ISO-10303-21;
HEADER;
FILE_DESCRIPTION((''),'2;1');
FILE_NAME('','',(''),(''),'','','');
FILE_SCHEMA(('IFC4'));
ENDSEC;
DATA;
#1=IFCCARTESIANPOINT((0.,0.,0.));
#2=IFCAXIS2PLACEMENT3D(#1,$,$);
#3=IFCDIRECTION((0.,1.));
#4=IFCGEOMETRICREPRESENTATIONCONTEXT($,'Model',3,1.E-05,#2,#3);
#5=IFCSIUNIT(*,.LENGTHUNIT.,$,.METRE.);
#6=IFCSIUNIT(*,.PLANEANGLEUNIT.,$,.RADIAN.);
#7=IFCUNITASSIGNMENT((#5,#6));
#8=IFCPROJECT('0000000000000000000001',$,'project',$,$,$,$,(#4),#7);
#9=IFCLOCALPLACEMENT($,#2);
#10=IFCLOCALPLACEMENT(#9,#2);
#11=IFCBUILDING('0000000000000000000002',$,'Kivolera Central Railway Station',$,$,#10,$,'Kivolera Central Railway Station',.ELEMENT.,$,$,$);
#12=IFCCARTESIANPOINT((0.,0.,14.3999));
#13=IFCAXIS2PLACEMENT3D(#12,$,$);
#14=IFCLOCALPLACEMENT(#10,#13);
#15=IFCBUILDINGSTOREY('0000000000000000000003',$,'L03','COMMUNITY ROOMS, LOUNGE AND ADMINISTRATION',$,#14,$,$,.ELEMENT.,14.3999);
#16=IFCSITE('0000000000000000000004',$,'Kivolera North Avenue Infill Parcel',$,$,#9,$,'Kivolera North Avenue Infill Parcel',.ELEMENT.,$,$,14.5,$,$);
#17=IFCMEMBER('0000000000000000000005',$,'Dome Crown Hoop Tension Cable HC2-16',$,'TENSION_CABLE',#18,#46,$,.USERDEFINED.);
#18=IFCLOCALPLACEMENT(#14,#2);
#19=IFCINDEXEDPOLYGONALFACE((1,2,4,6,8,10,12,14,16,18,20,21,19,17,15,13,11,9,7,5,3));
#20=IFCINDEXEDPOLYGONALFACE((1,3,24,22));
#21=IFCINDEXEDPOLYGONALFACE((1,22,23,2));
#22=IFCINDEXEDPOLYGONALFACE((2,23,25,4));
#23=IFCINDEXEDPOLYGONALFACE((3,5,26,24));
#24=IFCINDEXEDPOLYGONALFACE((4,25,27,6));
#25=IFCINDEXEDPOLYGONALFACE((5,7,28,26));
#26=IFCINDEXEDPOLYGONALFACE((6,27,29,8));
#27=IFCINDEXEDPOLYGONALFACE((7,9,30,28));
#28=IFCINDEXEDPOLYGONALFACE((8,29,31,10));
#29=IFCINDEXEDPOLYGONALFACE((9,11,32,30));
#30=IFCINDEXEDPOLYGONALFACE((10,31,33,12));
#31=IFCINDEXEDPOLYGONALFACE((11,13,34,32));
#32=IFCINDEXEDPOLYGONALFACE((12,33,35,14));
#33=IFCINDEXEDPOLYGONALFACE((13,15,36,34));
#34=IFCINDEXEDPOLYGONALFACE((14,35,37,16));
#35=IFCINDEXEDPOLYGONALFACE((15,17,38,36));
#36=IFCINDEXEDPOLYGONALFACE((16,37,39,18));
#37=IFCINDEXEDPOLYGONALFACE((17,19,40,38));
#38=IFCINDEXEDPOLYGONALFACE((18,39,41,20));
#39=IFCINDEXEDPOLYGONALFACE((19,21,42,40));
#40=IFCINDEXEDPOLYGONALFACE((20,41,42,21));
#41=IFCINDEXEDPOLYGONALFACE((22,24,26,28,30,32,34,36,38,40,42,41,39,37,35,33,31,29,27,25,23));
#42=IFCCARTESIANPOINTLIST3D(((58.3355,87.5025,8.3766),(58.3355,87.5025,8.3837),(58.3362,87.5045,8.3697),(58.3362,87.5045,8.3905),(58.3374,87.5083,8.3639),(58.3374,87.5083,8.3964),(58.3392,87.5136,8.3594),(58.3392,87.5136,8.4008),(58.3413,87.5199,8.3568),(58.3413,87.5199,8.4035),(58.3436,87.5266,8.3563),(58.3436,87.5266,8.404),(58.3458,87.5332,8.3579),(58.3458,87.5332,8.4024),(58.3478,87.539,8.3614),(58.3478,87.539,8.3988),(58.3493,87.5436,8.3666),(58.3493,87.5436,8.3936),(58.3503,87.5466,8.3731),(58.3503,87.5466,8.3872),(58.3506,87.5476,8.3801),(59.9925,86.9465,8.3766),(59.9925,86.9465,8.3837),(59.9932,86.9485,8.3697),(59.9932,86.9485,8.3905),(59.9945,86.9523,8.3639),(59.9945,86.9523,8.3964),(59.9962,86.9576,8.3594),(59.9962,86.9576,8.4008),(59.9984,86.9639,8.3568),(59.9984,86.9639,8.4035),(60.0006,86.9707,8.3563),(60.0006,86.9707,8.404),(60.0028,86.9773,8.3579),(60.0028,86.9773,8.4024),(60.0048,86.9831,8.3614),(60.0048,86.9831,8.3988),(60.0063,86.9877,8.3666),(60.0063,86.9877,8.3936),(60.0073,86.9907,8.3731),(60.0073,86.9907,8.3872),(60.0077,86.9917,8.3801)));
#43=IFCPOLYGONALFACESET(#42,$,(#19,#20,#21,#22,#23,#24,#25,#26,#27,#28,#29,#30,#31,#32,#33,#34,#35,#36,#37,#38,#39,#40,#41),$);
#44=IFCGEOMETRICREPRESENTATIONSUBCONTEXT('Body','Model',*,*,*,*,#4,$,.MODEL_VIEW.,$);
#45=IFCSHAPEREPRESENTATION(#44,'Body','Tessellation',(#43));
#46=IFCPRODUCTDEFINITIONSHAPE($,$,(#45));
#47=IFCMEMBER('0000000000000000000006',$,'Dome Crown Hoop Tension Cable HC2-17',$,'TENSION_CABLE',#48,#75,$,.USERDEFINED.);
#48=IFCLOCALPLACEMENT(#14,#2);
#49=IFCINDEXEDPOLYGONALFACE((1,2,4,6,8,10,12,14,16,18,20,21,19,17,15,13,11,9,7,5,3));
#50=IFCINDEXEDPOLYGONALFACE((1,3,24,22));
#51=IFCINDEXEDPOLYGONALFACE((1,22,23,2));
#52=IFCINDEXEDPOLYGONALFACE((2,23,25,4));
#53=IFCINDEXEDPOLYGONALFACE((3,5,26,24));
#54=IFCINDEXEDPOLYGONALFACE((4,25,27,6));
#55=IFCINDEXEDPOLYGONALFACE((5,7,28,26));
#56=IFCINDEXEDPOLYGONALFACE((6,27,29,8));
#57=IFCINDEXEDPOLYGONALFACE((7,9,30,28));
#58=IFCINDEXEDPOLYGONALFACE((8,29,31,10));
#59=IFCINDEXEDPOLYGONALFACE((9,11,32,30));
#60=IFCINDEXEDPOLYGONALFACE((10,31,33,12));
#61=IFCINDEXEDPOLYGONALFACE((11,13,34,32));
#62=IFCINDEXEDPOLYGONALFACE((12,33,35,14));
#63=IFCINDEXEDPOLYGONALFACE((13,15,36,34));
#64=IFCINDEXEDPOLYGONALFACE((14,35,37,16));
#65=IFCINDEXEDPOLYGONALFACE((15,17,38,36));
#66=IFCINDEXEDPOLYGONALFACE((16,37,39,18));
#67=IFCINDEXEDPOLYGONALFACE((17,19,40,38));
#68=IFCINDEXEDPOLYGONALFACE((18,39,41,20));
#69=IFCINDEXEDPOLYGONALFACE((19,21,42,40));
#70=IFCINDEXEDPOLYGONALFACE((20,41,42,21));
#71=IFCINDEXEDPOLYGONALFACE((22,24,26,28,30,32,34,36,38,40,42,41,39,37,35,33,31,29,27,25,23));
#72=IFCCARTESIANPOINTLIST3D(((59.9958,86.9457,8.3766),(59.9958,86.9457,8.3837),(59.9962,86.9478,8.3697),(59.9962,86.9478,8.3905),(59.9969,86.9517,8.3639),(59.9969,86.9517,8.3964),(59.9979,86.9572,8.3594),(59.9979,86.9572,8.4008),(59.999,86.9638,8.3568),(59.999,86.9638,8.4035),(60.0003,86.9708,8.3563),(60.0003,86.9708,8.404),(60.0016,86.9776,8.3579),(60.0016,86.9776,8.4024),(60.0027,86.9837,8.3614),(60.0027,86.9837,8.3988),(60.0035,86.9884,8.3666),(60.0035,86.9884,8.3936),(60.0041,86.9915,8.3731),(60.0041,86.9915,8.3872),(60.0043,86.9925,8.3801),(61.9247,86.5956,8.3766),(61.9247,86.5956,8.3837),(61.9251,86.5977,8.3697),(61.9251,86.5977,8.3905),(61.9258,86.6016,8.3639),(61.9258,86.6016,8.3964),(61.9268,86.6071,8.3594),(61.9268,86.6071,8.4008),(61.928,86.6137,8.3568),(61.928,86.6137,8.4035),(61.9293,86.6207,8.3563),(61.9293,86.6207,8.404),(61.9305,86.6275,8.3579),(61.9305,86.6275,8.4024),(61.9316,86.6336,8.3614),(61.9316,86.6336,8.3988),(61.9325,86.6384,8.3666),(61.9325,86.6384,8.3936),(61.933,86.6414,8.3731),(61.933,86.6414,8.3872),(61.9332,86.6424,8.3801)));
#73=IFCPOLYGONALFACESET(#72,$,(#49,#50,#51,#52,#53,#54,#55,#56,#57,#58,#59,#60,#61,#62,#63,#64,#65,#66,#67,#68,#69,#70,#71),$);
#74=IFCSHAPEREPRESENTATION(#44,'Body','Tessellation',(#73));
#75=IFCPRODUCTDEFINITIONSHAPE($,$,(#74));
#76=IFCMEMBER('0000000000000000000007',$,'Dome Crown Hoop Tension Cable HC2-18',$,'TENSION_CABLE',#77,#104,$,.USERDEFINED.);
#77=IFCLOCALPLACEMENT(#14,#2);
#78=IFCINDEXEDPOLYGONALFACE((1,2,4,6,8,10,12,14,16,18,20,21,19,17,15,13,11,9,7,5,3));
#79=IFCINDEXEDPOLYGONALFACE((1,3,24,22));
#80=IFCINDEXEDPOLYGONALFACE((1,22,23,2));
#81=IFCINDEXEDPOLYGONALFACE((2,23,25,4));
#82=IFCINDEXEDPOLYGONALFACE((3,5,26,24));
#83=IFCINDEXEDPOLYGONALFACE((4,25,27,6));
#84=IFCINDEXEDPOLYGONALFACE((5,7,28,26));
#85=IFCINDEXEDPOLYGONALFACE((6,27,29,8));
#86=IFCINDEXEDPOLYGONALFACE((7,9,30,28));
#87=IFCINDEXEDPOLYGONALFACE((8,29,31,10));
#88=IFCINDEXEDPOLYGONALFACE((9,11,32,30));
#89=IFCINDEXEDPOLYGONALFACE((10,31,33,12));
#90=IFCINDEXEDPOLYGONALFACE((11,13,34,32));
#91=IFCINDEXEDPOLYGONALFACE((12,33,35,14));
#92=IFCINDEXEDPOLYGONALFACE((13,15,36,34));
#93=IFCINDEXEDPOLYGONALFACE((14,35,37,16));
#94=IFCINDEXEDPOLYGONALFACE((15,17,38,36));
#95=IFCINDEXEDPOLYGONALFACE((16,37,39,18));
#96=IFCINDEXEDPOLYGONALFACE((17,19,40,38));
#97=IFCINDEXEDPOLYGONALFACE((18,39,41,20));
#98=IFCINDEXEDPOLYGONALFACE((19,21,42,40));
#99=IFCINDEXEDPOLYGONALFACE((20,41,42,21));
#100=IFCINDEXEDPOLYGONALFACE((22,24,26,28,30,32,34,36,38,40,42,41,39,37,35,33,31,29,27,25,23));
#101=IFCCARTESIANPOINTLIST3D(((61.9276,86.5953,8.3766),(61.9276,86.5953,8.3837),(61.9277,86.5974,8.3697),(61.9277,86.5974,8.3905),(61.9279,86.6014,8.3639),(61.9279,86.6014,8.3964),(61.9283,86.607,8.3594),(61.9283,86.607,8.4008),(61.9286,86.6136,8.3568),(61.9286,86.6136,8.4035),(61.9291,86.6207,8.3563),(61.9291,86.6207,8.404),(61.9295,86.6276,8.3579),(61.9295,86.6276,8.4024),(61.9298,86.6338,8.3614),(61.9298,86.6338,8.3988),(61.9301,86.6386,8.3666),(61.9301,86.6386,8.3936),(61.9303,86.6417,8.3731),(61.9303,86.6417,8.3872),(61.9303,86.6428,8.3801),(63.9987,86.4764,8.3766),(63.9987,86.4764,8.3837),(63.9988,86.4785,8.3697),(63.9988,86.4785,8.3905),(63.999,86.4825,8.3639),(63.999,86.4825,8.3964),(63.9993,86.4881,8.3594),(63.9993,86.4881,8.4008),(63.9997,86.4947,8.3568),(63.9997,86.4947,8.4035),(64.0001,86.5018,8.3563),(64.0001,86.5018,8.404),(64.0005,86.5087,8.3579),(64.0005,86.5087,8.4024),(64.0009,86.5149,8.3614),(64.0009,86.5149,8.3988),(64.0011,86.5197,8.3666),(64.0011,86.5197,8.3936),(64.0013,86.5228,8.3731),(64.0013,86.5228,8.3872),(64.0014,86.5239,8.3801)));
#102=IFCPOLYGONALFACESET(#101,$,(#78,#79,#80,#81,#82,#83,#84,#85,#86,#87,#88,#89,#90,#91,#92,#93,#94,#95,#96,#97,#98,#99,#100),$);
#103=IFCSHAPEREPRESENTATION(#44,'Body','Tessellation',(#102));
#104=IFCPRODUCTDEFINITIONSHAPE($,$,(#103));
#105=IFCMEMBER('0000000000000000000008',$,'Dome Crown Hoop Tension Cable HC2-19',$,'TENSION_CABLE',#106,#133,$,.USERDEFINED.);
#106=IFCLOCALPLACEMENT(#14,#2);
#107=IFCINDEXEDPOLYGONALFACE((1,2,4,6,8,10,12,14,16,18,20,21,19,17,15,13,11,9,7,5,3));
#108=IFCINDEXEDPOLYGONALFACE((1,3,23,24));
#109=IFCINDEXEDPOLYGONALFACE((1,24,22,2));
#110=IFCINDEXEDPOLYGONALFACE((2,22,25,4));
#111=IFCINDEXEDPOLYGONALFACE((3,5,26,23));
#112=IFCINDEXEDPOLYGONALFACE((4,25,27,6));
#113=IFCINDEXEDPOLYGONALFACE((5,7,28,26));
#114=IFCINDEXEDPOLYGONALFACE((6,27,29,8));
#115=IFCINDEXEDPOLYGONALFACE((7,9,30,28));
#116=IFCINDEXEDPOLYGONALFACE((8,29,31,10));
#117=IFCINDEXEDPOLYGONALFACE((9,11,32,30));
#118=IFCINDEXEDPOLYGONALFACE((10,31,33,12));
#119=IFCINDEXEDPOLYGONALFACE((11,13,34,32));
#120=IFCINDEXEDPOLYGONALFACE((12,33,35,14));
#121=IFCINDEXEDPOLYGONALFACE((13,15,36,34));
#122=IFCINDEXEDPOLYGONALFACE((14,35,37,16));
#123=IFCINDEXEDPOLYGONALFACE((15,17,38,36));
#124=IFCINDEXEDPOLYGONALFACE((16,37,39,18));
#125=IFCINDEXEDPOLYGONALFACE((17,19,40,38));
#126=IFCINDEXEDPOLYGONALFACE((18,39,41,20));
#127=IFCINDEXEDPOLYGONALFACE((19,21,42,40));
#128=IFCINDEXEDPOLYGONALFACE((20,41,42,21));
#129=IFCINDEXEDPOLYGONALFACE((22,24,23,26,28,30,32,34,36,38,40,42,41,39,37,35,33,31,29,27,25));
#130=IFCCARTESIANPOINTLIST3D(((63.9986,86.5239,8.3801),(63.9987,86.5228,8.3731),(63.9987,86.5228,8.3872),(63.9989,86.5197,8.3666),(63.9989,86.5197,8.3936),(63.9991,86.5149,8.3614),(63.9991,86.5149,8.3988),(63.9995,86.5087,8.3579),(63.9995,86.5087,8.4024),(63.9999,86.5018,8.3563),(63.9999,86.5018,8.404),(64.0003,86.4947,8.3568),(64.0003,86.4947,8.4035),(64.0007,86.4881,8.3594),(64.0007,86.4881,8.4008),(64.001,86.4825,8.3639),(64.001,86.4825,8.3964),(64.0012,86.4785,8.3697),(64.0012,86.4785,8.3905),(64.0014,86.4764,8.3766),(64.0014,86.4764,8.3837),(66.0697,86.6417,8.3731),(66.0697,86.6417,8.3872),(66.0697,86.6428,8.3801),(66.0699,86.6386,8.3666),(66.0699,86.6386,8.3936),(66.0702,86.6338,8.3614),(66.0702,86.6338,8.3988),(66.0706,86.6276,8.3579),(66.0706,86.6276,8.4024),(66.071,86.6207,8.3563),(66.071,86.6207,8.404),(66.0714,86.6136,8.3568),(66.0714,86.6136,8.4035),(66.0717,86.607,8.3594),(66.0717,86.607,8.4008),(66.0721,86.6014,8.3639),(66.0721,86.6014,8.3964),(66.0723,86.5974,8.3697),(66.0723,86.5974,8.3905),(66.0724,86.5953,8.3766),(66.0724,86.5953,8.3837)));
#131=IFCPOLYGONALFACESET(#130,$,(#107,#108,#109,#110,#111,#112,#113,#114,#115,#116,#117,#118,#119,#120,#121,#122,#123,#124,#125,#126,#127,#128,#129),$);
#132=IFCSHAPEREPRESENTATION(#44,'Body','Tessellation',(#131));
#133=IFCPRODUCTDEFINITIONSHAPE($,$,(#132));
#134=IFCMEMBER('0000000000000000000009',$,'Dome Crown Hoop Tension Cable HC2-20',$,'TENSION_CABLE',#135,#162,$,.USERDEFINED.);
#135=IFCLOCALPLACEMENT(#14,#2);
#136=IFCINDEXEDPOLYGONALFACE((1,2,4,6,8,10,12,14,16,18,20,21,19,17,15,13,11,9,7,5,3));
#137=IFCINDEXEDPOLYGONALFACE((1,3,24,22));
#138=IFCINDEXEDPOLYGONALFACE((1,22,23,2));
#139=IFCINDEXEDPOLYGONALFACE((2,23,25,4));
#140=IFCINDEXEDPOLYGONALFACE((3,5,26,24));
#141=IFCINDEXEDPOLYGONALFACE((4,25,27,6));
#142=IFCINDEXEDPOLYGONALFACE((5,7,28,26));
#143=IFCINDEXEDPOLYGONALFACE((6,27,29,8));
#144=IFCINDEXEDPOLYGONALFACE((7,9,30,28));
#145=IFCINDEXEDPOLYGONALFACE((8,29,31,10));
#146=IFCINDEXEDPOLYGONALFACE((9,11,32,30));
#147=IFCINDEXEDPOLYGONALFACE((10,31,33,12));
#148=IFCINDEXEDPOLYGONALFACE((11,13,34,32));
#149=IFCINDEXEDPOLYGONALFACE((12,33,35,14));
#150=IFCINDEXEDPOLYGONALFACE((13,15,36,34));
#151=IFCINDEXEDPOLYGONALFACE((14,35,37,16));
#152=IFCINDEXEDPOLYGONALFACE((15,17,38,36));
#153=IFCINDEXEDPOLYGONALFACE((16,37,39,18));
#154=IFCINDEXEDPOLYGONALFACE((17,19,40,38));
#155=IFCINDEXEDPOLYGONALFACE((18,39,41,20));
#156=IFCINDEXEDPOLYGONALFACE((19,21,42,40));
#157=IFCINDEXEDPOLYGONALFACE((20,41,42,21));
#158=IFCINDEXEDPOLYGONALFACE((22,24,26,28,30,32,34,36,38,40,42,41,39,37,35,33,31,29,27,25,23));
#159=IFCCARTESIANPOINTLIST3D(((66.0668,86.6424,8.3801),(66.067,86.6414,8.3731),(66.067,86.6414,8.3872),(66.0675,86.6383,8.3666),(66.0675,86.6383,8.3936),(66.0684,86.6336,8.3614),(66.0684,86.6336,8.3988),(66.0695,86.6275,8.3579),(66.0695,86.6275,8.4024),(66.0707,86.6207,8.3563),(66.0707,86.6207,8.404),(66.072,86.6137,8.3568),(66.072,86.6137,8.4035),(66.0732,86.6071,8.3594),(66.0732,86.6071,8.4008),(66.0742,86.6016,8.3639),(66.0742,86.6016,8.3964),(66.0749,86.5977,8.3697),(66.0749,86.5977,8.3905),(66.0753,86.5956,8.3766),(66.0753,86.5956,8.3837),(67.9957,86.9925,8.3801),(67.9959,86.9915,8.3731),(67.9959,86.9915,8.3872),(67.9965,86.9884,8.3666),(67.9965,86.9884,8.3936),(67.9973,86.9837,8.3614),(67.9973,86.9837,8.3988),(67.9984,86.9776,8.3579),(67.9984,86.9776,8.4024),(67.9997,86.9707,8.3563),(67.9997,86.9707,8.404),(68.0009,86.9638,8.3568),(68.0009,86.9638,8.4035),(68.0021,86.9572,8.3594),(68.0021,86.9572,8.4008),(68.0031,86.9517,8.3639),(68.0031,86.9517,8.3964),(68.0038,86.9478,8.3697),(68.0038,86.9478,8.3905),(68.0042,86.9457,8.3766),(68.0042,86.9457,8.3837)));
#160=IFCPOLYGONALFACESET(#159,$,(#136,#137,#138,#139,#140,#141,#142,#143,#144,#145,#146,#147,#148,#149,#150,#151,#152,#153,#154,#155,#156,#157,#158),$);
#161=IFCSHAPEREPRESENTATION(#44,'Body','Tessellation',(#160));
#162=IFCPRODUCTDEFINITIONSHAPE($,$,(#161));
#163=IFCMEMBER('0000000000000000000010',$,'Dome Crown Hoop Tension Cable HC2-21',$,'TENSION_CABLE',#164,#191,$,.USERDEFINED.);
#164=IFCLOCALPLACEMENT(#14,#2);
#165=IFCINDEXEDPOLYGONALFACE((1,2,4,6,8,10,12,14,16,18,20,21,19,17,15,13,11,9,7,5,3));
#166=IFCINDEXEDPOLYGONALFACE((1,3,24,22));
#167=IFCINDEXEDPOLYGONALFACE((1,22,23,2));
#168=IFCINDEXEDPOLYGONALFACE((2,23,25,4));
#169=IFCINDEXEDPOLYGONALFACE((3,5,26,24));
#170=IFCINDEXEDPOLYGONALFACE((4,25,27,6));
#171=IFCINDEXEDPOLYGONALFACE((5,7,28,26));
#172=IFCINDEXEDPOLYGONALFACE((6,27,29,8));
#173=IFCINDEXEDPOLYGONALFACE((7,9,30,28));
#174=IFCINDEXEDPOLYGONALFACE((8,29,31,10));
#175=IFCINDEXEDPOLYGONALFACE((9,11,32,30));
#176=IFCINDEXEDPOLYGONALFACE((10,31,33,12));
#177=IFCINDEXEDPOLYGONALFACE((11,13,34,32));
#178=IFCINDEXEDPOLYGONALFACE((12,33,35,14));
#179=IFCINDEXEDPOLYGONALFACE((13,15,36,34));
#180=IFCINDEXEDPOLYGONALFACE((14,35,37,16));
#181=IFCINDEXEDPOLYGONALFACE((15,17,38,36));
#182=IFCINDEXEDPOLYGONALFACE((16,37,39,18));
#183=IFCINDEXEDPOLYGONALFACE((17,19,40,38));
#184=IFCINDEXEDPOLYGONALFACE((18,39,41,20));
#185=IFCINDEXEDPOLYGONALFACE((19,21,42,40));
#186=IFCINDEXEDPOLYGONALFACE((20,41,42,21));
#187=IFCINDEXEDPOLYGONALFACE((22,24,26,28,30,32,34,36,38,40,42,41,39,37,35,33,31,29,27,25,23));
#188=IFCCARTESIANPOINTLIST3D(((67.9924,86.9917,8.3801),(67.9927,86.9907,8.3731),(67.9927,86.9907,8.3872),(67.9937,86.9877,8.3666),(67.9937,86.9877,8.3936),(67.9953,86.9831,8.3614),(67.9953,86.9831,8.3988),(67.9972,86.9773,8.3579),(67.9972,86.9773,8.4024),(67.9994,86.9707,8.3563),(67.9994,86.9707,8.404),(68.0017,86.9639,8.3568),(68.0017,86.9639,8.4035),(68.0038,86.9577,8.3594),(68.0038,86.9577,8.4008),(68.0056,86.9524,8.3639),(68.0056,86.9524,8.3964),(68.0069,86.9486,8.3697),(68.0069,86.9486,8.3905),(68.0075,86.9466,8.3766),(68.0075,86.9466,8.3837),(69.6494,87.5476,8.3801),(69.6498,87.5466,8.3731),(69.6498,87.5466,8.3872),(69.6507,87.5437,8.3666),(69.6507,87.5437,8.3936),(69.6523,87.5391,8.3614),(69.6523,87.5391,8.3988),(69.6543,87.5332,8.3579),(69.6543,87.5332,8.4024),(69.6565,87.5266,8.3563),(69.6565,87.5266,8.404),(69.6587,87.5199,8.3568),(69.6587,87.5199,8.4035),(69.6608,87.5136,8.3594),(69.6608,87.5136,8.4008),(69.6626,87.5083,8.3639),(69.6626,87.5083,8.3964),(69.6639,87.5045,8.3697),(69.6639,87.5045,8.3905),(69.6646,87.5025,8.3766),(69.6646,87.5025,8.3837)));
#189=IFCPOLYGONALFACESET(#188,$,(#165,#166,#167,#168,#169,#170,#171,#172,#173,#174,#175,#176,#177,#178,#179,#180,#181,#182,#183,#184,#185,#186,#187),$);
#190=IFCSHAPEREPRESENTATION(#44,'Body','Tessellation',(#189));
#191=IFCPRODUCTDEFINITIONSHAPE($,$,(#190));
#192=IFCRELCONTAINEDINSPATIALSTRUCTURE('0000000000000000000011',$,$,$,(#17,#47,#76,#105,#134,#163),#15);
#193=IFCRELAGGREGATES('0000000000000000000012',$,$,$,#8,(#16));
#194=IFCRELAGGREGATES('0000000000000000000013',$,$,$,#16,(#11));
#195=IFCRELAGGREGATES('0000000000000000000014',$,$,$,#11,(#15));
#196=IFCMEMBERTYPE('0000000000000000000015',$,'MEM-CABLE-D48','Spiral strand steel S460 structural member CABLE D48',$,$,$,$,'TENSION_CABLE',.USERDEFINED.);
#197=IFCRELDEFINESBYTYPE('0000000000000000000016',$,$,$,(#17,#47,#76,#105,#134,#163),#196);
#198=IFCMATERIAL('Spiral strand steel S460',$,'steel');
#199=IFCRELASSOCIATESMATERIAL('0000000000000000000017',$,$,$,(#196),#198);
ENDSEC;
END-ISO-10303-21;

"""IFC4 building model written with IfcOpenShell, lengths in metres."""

from ifc_helpers import new_model, si_unit, direction, frame, origin, origin_2d, place, context, subcontext, project, spatial, circle, extrude, material, material_profile, profile_set, type_object, element, save


model = new_model("IFC4")

# Units and contexts
model_context = context("Model", 3, precision=1e-05, world=origin(), true_north=direction((0.0, 1.0)))
body_context = subcontext(model_context, "Body", "Model", "MODEL_VIEW")
ifc_project = project(units=[si_unit("LENGTHUNIT", "METRE"), si_unit("PLANEANGLEUNIT", "RADIAN")], contexts=[model_context])

# Site, building, storey
site_placement = place(None, origin())
site = spatial("IfcSite", under=ifc_project, at=site_placement, Name="Kivolera North Avenue Infill Parcel", LongName="Kivolera North Avenue Infill Parcel", CompositionType="ELEMENT", RefElevation=14.5)
building_placement = place(site_placement, origin())
building = spatial("IfcBuilding", under=site, at=building_placement, Name="Kivolera Central Railway Station", LongName="Kivolera Central Railway Station", CompositionType="ELEMENT")
storey_placement = place(building_placement, frame((0.0, 0.0, 14.3999)))
storey = spatial("IfcBuildingStorey", under=building, at=storey_placement, Name="L03", Description="COMMUNITY ROOMS, LOUNGE AND ADMINISTRATION", CompositionType="ELEMENT", Elevation=14.3999)

# Members
ifc_material_1 = material(Name="Spiral strand steel S460", Category="steel")
ifc_material_profile_1 = material_profile(ifc_material_1, circle(Radius=0.0239, at=origin_2d()), Name="CABLE D48")
ifc_profile_set_1 = profile_set([ifc_material_profile_1], Name="Spiral strand steel S460")
member_type_1 = type_object("IfcMemberType", Name="MEM-CABLE-D48", Description="Spiral strand steel S460 structural member CABLE D48", ElementType="TENSION_CABLE", PredefinedType="USERDEFINED", material=ifc_profile_set_1)
member_1_placement = place(storey_placement, frame((58.343, 87.5249, 8.3801), z_axis=(0.948067, -0.318071, 0.0), x_axis=(0.318071, 0.948067, 0.0)))
element("IfcMember", 1, at=member_1_placement, inside=storey, type_object=member_type_1, Name="Dome Crown Hoop Tension Cable HC2-16", ObjectType="TENSION_CABLE", PredefinedType="USERDEFINED", context=body_context, shape_type="SweptSolid", body=[
    extrude(circle(Radius=0.0239, at=origin_2d()), origin(), (0.0, 0.0, 1.0), 1.7478),
])
member_2_placement = place(storey_placement, frame((60.0, 86.969, 8.3801), z_axis=(0.983926, -0.178579, 0.0), x_axis=(0.178579, 0.983926, 0.0)))
element("IfcMember", 2, at=member_2_placement, inside=storey, type_object=member_type_1, Name="Dome Crown Hoop Tension Cable HC2-17", ObjectType="TENSION_CABLE", PredefinedType="USERDEFINED", context=body_context, shape_type="SweptSolid", body=[
    extrude(circle(Radius=0.0239, at=origin_2d()), origin(), (0.0, 0.0, 1.0), 1.9604),
])
for number, where, z_axis, x_axis, name in (
    (3, (61.929, 86.6189, 8.3801), (0.998356, -0.057315, 0.0), (0.057315, 0.998356, 0.0), "Dome Crown Hoop Tension Cable HC2-18"),
    (4, (64.0, 86.5, 8.3801), (0.998356, 0.057315, 0.0), (-0.057315, 0.998356, 0.0), "Dome Crown Hoop Tension Cable HC2-19"),
):
    element("IfcMember", number, at=place(storey_placement, frame(where, z_axis=z_axis, x_axis=x_axis)), inside=storey, type_object=member_type_1, Name=name, ObjectType="TENSION_CABLE", PredefinedType="USERDEFINED", context=body_context, shape_type="SweptSolid", body=[
        extrude(circle(Radius=0.0239, at=origin_2d()), origin(), (0.0, 0.0, 1.0), 2.0745),
    ])
member_3_placement = place(storey_placement, frame((66.071, 86.6189, 8.3801), z_axis=(0.983926, 0.178579, 0.0), x_axis=(-0.178579, 0.983926, 0.0)))
element("IfcMember", 5, at=member_3_placement, inside=storey, type_object=member_type_1, Name="Dome Crown Hoop Tension Cable HC2-20", ObjectType="TENSION_CABLE", PredefinedType="USERDEFINED", context=body_context, shape_type="SweptSolid", body=[
    extrude(circle(Radius=0.0239, at=origin_2d()), origin(), (0.0, 0.0, 1.0), 1.9604),
])
member_4_placement = place(storey_placement, frame((68.0, 86.969, 8.3801), z_axis=(0.948067, 0.318071, 0.0), x_axis=(-0.318071, 0.948067, 0.0)))
element("IfcMember", 6, at=member_4_placement, inside=storey, type_object=member_type_1, Name="Dome Crown Hoop Tension Cable HC2-21", ObjectType="TENSION_CABLE", PredefinedType="USERDEFINED", context=body_context, shape_type="SweptSolid", body=[
    extrude(circle(Radius=0.0239, at=origin_2d()), origin(), (0.0, 0.0, 1.0), 1.7478),
])

save(model, "model.ifc")
